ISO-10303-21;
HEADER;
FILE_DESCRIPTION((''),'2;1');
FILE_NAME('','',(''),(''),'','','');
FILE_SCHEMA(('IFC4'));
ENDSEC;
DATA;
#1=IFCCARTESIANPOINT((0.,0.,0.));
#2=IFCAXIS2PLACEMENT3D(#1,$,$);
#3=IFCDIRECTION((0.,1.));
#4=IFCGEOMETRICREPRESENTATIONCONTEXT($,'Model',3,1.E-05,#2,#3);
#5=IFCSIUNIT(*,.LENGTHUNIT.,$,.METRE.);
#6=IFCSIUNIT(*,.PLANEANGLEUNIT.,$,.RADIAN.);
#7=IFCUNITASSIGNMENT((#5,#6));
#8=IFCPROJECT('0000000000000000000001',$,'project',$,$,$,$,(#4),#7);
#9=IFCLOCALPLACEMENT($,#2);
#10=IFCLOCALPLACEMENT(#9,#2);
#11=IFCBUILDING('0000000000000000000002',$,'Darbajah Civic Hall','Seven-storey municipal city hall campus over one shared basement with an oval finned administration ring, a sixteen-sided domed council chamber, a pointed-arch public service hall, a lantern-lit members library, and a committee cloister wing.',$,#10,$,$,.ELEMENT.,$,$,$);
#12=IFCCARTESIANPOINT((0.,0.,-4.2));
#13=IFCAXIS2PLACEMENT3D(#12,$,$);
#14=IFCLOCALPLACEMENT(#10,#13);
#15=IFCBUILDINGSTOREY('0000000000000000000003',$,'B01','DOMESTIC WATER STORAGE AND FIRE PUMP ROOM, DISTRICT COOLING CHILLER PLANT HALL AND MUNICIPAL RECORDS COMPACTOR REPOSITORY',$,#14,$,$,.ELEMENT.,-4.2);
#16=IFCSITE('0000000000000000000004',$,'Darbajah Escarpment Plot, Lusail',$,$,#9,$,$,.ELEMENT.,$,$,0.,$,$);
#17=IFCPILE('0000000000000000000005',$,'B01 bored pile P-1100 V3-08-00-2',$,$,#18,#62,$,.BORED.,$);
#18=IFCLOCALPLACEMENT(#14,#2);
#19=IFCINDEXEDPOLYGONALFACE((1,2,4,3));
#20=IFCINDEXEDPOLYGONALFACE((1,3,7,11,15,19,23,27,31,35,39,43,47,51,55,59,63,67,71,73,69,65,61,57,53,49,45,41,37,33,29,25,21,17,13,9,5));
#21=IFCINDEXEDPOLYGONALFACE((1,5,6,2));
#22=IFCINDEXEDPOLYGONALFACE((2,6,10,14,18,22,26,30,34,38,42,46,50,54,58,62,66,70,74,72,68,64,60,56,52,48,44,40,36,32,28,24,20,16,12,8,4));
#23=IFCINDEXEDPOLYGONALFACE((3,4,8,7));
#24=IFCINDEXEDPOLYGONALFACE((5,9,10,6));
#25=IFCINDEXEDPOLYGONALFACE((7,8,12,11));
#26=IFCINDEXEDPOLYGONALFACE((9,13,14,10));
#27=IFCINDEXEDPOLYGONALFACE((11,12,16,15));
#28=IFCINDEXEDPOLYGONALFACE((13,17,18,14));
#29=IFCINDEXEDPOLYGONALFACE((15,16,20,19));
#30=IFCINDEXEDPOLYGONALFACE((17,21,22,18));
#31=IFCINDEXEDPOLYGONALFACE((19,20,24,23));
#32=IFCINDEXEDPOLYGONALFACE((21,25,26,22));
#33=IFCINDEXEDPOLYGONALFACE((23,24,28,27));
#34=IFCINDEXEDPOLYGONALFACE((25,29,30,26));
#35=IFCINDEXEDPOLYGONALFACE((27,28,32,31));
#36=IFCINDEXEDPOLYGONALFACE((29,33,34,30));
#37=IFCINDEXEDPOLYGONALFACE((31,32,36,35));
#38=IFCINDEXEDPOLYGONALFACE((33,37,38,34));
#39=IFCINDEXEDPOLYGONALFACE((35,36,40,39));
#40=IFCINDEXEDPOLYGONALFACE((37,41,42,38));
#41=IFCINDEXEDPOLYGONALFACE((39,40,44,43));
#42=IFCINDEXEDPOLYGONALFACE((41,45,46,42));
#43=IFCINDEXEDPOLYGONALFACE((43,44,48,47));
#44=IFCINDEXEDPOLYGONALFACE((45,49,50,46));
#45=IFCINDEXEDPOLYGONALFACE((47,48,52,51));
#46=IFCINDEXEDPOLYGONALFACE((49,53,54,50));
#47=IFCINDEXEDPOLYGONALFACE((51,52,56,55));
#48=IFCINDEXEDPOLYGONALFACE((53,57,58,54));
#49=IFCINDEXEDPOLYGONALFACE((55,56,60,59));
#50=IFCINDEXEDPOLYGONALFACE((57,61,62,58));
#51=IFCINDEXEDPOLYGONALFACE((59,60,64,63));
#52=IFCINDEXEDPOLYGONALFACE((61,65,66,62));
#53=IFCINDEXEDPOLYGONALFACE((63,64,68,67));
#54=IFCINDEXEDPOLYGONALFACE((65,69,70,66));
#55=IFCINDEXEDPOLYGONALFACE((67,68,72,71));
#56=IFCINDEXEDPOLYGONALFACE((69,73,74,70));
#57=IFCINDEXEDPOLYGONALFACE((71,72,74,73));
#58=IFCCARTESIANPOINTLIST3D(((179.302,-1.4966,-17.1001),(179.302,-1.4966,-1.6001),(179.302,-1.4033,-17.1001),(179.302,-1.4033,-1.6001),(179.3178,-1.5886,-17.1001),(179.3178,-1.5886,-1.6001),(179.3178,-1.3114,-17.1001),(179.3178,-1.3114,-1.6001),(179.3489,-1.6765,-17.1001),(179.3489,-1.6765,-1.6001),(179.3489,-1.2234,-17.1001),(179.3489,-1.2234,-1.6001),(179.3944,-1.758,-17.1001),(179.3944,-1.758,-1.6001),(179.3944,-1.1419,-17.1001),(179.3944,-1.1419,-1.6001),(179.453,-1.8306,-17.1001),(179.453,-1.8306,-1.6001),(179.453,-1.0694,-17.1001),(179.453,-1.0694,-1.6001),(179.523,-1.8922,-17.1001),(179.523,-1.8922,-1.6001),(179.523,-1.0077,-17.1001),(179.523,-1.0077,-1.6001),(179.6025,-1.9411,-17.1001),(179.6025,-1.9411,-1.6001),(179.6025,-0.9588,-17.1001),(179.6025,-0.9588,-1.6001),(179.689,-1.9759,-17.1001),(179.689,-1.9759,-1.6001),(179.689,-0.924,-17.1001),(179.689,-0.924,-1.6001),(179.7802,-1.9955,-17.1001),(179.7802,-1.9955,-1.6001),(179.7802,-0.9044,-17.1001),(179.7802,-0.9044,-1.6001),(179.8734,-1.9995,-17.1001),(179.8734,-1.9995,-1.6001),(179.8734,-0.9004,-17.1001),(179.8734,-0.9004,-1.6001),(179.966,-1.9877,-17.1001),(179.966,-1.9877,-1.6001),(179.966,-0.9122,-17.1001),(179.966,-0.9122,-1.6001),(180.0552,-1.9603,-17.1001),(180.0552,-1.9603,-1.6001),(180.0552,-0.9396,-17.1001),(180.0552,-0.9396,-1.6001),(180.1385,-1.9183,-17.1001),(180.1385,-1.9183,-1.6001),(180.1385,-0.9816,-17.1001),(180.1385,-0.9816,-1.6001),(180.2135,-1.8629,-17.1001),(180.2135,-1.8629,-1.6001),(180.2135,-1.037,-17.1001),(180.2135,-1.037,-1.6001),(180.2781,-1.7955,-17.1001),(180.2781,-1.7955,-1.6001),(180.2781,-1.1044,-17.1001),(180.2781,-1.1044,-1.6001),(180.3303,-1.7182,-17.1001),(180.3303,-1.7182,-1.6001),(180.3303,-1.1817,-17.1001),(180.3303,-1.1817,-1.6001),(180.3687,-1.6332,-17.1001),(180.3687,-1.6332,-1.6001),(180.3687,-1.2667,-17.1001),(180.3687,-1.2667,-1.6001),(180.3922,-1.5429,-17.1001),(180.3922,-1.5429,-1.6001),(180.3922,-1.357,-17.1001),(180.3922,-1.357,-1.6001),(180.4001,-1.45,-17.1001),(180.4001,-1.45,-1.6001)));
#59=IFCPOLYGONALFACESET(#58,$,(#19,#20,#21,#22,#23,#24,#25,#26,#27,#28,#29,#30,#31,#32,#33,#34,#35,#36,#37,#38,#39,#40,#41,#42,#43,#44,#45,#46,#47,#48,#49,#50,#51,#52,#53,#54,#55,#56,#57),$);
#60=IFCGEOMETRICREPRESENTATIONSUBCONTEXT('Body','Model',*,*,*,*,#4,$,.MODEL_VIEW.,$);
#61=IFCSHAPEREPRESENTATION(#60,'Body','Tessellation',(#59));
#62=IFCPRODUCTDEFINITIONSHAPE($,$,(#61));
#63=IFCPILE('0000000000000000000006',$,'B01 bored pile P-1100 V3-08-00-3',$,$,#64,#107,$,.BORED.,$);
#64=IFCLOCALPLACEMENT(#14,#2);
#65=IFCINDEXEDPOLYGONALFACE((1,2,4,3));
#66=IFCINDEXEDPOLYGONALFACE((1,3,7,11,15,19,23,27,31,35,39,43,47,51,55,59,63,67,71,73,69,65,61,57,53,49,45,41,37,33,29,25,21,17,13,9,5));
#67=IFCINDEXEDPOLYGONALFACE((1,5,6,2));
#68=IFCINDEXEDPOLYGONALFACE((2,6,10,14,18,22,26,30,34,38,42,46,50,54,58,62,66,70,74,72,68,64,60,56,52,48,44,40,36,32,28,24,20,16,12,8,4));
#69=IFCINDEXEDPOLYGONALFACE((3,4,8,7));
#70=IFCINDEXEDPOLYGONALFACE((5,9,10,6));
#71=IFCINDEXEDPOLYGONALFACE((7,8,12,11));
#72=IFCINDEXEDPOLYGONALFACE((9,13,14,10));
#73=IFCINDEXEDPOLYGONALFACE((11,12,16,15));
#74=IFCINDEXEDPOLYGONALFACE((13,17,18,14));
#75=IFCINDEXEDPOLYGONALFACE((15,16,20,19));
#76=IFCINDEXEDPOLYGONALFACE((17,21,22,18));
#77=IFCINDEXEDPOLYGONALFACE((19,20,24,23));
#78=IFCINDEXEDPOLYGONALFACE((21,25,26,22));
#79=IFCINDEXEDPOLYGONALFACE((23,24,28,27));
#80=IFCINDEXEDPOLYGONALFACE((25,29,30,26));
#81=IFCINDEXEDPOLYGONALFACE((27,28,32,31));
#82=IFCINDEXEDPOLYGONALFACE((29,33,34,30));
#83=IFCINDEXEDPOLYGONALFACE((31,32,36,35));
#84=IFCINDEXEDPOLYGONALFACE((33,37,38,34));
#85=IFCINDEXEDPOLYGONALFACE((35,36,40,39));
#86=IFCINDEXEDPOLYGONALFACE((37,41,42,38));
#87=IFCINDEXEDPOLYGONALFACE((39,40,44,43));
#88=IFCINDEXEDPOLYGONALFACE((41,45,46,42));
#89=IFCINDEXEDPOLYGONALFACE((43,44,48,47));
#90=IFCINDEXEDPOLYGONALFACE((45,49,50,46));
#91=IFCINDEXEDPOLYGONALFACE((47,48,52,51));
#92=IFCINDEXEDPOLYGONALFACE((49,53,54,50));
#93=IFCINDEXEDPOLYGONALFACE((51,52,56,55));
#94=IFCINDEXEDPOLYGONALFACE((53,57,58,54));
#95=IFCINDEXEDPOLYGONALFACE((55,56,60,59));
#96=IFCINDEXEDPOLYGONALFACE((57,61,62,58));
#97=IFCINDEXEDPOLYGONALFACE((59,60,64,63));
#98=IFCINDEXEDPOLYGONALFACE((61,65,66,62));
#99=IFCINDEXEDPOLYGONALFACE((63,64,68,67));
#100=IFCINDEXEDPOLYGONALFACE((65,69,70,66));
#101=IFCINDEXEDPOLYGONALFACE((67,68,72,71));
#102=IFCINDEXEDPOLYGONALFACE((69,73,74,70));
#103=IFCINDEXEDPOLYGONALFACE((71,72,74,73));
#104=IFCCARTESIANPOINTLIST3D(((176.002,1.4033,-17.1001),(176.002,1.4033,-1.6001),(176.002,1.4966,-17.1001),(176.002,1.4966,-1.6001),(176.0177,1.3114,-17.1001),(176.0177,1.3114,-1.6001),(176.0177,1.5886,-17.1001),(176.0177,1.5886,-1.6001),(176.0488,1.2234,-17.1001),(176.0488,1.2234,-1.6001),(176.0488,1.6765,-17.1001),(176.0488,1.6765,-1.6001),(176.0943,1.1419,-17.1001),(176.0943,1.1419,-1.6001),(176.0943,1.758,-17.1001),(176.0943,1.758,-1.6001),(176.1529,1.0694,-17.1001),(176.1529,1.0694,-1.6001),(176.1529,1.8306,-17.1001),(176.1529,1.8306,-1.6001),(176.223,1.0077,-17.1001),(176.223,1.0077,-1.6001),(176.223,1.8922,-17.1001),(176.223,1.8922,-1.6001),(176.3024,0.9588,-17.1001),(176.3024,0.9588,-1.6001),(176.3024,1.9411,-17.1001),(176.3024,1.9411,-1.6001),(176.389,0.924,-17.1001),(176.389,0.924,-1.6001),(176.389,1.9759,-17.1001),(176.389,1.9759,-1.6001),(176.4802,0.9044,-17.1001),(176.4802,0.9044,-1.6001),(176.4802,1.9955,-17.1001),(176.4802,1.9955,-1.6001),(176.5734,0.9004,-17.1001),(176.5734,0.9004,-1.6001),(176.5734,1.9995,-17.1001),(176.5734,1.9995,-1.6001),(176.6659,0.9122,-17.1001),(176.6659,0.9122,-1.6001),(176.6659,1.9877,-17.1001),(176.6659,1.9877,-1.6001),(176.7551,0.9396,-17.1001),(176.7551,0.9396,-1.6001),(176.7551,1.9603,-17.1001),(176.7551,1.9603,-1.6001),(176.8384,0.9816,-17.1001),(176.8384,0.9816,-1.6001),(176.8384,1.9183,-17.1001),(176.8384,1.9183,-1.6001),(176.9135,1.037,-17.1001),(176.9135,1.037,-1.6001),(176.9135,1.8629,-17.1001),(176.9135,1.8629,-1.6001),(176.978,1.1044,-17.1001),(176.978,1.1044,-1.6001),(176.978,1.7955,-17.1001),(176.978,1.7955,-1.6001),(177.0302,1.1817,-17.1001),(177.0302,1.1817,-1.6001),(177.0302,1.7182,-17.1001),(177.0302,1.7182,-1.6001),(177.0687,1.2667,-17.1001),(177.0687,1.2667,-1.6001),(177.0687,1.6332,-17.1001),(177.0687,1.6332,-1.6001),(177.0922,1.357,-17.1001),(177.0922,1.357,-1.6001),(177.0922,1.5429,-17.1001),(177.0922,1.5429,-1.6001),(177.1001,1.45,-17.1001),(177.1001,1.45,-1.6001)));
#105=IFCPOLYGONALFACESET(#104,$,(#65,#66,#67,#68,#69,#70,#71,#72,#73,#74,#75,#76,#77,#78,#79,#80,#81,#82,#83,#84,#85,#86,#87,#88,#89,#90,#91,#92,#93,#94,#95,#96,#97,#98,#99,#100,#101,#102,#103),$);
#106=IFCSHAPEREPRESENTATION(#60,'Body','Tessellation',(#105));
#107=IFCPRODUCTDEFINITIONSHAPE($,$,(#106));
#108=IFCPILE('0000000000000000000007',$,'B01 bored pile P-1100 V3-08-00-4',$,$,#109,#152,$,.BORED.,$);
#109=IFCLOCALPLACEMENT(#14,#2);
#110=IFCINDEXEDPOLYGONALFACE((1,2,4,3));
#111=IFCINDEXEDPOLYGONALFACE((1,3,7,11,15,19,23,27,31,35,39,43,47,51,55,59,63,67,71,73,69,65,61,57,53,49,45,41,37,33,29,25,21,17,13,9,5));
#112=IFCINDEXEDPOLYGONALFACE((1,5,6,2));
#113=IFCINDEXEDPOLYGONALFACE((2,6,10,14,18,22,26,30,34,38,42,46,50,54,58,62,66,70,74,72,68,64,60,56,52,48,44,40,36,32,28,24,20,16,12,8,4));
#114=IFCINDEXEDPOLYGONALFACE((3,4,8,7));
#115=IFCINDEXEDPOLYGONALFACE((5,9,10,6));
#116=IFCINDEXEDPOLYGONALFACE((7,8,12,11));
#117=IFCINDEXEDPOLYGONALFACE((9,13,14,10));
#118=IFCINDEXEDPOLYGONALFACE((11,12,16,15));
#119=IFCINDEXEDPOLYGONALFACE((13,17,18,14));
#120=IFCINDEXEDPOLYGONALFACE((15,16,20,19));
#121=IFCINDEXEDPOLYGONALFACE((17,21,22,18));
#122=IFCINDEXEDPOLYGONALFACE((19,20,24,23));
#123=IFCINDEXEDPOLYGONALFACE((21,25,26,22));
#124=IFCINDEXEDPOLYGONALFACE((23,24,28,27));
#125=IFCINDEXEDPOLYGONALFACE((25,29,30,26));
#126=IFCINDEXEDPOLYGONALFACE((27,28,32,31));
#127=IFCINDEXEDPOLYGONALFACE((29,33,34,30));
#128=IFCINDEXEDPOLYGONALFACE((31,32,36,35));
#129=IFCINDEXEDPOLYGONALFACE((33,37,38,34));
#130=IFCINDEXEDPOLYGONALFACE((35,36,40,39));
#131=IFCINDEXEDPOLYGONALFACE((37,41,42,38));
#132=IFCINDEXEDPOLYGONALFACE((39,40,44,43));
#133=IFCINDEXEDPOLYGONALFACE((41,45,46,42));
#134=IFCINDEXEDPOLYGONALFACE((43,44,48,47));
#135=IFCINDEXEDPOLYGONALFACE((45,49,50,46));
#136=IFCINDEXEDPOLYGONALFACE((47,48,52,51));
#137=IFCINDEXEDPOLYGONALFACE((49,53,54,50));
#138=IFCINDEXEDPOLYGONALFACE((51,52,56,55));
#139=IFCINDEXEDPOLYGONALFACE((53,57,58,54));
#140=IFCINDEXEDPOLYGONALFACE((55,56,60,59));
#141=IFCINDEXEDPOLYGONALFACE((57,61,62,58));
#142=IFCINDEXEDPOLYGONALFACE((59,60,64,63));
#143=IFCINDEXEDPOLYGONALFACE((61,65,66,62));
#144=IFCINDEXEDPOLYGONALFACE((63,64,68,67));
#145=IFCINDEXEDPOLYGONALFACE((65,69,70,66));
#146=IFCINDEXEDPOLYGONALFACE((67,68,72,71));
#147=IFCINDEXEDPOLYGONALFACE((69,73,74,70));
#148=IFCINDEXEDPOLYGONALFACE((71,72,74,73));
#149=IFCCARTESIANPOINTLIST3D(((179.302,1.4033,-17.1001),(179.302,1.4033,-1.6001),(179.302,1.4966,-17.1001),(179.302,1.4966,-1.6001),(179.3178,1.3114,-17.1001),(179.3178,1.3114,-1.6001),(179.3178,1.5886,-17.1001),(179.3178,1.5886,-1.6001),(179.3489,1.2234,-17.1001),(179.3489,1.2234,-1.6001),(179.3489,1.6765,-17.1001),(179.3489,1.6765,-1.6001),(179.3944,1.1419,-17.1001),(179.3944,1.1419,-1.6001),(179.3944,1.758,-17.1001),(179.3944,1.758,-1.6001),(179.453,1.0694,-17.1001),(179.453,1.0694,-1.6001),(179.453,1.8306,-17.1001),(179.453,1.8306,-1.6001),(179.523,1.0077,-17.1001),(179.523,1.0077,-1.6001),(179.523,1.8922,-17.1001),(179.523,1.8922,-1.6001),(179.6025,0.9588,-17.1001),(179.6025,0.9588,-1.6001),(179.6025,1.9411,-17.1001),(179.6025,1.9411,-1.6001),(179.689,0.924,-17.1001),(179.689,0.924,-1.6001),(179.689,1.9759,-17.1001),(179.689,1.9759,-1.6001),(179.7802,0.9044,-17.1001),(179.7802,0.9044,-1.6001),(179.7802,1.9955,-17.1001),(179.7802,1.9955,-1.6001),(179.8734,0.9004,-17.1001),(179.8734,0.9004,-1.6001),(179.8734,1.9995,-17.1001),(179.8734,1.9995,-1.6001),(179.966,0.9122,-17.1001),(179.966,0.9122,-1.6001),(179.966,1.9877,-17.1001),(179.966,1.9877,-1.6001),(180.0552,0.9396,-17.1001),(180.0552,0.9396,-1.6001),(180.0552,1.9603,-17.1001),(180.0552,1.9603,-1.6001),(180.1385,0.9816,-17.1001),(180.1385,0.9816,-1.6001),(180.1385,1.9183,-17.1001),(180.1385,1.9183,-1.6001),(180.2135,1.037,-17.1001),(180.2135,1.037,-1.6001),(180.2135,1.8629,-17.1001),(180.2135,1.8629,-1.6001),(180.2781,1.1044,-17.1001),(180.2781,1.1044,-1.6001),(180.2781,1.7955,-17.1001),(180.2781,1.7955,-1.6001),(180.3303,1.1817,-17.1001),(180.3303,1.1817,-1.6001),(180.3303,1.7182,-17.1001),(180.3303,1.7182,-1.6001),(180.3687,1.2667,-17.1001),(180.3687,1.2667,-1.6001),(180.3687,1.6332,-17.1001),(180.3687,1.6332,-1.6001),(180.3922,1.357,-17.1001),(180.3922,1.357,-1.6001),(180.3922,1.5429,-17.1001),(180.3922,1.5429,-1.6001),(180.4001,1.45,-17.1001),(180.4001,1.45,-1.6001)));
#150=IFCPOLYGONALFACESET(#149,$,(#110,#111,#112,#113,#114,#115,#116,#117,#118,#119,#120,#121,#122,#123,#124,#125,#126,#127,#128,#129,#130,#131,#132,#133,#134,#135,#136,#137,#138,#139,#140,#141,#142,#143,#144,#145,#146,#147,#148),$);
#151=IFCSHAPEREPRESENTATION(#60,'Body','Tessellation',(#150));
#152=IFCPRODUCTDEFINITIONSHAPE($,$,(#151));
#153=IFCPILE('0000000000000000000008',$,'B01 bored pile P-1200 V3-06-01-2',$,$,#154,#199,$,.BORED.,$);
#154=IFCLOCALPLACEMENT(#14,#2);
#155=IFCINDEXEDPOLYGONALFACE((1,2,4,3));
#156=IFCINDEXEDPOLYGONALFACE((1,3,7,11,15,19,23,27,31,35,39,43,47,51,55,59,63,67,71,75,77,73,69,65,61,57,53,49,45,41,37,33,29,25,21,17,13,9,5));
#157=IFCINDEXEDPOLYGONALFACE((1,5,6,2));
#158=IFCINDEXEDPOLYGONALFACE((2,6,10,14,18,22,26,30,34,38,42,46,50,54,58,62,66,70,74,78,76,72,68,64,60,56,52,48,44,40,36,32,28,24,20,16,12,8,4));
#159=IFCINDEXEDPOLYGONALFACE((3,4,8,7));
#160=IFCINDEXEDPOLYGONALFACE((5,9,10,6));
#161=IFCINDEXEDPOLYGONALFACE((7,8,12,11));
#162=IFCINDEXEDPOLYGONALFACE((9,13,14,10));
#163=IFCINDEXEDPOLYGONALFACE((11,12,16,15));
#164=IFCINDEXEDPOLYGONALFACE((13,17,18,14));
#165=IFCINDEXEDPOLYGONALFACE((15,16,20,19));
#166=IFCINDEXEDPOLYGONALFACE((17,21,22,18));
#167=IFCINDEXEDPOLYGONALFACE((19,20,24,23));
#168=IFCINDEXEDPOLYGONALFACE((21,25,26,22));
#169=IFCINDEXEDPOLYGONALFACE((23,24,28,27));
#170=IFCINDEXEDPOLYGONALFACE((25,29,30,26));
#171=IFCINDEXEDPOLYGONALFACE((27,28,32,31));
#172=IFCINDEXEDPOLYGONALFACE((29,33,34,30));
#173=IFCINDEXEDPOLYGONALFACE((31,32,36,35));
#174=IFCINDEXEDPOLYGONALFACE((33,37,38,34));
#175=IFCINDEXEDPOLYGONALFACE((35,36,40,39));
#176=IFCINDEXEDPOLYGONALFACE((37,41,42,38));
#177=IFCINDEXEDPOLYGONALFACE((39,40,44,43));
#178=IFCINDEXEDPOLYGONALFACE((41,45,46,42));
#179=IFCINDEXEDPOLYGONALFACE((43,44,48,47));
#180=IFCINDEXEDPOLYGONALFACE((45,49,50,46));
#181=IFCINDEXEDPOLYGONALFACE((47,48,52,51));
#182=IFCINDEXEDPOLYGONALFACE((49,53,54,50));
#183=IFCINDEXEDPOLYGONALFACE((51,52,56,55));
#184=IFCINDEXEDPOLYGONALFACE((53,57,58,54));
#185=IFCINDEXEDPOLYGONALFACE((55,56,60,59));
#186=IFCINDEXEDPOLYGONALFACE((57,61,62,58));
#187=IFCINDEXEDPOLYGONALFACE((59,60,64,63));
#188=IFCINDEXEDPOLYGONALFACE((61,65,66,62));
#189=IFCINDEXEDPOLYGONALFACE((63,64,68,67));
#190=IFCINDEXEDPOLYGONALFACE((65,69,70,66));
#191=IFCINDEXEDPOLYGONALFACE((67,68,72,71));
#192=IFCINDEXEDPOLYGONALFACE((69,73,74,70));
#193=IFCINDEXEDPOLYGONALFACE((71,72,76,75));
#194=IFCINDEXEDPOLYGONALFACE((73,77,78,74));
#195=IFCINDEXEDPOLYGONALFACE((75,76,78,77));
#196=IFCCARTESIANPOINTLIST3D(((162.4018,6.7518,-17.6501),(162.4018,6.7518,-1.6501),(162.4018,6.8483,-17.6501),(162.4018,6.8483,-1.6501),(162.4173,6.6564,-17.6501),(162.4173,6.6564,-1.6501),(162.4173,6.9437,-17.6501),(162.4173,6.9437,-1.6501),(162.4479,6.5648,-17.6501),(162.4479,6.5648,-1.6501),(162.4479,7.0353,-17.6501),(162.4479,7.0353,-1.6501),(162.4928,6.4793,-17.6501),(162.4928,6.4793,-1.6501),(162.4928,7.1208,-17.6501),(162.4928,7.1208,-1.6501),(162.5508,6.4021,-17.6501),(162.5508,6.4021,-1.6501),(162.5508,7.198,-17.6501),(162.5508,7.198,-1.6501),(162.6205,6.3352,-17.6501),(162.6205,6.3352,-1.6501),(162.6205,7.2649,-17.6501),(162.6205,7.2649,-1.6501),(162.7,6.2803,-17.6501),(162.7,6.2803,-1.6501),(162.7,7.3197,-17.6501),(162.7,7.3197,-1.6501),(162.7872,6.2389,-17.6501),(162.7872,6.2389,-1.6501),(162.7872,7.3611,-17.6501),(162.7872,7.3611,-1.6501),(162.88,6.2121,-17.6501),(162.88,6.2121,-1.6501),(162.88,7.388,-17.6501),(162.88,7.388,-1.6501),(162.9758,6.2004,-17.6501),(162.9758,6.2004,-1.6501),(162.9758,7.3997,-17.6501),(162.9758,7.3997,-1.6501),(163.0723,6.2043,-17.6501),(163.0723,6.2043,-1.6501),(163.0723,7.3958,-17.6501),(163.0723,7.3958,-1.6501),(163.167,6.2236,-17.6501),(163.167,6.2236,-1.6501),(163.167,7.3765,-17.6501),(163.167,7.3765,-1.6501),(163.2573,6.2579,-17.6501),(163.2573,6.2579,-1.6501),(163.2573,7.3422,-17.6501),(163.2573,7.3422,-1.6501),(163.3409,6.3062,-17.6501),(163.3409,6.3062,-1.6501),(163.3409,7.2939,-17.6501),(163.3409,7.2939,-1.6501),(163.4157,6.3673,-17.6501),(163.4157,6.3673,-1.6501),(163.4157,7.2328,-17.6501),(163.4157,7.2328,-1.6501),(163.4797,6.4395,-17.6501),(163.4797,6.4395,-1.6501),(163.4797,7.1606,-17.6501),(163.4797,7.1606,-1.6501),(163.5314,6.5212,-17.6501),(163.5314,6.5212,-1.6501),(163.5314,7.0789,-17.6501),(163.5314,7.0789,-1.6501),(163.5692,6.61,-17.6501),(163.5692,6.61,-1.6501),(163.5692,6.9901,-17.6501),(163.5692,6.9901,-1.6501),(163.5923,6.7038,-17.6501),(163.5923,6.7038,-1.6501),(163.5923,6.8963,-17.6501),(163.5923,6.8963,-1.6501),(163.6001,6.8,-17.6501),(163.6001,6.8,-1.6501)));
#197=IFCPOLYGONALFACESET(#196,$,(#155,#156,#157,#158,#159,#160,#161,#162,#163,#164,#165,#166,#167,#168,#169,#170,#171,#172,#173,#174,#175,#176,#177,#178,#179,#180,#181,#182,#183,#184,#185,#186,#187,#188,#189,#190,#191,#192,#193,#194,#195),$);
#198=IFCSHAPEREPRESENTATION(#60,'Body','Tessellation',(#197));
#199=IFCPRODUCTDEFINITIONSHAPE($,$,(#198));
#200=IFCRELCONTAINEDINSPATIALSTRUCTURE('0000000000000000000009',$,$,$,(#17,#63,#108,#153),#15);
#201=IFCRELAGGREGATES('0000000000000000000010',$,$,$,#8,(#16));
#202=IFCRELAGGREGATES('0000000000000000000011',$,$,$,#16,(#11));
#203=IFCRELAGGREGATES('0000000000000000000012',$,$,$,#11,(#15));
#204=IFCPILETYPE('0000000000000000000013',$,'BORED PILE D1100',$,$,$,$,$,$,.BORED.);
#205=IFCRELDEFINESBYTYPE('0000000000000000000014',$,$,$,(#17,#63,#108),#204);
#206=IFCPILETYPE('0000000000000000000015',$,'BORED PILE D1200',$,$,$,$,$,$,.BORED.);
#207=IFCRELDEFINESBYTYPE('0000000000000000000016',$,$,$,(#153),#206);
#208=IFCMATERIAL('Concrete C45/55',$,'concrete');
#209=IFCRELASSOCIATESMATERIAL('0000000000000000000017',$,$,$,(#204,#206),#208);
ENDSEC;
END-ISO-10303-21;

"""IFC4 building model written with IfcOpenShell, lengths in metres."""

from ifc_helpers import new_model, si_unit, direction, frame, origin, origin_2d, place, context, subcontext, project, spatial, circle, extrude, material, material_profile, profile_set, type_object, element, save


model = new_model("IFC4")

# Units and contexts
model_context = context("Model", 3, precision=1e-05, world=origin(), true_north=direction((0.0, 1.0)))
body_context = subcontext(model_context, "Body", "Model", "MODEL_VIEW")
ifc_project = project(units=[si_unit("LENGTHUNIT", "METRE"), si_unit("PLANEANGLEUNIT", "RADIAN")], contexts=[model_context])

# Site, building, storey
site_placement = place(None, origin())
site = spatial("IfcSite", under=ifc_project, at=site_placement, Name="Darbajah Escarpment Plot, Lusail", CompositionType="ELEMENT", RefElevation=0.0)
building_placement = place(site_placement, origin())
building = spatial("IfcBuilding", under=site, at=building_placement, Name="Darbajah Civic Hall", Description="Seven-storey municipal city hall campus over one shared basement with an oval finned administration ring, a sixteen-sided domed council chamber, a pointed-arch public service hall, a lantern-lit members library, and a committee cloister wing.", CompositionType="ELEMENT")
storey_placement = place(building_placement, frame((0.0, 0.0, -4.2)))
storey = spatial("IfcBuildingStorey", under=building, at=storey_placement, Name="B01", Description="DOMESTIC WATER STORAGE AND FIRE PUMP ROOM, DISTRICT COOLING CHILLER PLANT HALL AND MUNICIPAL RECORDS COMPACTOR REPOSITORY", CompositionType="ELEMENT", Elevation=-4.2)

# Piles
ifc_material_1 = material(Name="Concrete C45/55", Category="concrete")
ifc_material_profile_1 = material_profile(ifc_material_1, circle(Radius=0.55, at=origin_2d()), Name="BORED PILE D1100")
ifc_profile_set_1 = profile_set([ifc_material_profile_1], Name="Concrete C45/55")
pile_type_1 = type_object("IfcPileType", Name="BORED PILE D1100", PredefinedType="BORED", material=ifc_profile_set_1)
for number, where, z_axis, x_axis, name in (
    (1, (179.8501, -1.45, -1.6001), (0.0, 0.0, -1.0), (1.0, 0.0, 0.0), "B01 bored pile P-1100 V3-08-00-2"),
    (2, (176.55, 1.45, -1.6001), (0.0, 0.0, -1.0), (1.0, 0.0, 0.0), "B01 bored pile P-1100 V3-08-00-3"),
    (3, (179.8501, 1.45, -1.6001), (0.0, 0.0, -1.0), (1.0, 0.0, 0.0), "B01 bored pile P-1100 V3-08-00-4"),
):
    element("IfcPile", number, at=place(storey_placement, frame(where, z_axis=z_axis, x_axis=x_axis)), inside=storey, type_object=pile_type_1, Name=name, PredefinedType="BORED", context=body_context, shape_type="SweptSolid", body=[
        extrude(circle(Radius=0.55, at=origin_2d()), origin(), (0.0, 0.0, 1.0), 15.5),
    ])
ifc_material_profile_2 = material_profile(ifc_material_1, circle(Radius=0.6001, at=origin_2d()), Name="BORED PILE D1200")
ifc_profile_set_2 = profile_set([ifc_material_profile_2], Name="Concrete C45/55")
pile_type_2 = type_object("IfcPileType", Name="BORED PILE D1200", PredefinedType="BORED", material=ifc_profile_set_2)
for number, where, z_axis, x_axis, name in (
    (4, (163.0, 6.8, -1.6501), (0.0, 0.0, -1.0), (1.0, 0.0, 0.0), "B01 bored pile P-1200 V3-06-01-2"),
):
    element("IfcPile", number, at=place(storey_placement, frame(where, z_axis=z_axis, x_axis=x_axis)), inside=storey, type_object=pile_type_2, Name=name, PredefinedType="BORED", context=body_context, shape_type="SweptSolid", body=[
        extrude(circle(Radius=0.6001, at=origin_2d()), origin(), (0.0, 0.0, 1.0), 16.0),
    ])

save(model, "model.ifc")
